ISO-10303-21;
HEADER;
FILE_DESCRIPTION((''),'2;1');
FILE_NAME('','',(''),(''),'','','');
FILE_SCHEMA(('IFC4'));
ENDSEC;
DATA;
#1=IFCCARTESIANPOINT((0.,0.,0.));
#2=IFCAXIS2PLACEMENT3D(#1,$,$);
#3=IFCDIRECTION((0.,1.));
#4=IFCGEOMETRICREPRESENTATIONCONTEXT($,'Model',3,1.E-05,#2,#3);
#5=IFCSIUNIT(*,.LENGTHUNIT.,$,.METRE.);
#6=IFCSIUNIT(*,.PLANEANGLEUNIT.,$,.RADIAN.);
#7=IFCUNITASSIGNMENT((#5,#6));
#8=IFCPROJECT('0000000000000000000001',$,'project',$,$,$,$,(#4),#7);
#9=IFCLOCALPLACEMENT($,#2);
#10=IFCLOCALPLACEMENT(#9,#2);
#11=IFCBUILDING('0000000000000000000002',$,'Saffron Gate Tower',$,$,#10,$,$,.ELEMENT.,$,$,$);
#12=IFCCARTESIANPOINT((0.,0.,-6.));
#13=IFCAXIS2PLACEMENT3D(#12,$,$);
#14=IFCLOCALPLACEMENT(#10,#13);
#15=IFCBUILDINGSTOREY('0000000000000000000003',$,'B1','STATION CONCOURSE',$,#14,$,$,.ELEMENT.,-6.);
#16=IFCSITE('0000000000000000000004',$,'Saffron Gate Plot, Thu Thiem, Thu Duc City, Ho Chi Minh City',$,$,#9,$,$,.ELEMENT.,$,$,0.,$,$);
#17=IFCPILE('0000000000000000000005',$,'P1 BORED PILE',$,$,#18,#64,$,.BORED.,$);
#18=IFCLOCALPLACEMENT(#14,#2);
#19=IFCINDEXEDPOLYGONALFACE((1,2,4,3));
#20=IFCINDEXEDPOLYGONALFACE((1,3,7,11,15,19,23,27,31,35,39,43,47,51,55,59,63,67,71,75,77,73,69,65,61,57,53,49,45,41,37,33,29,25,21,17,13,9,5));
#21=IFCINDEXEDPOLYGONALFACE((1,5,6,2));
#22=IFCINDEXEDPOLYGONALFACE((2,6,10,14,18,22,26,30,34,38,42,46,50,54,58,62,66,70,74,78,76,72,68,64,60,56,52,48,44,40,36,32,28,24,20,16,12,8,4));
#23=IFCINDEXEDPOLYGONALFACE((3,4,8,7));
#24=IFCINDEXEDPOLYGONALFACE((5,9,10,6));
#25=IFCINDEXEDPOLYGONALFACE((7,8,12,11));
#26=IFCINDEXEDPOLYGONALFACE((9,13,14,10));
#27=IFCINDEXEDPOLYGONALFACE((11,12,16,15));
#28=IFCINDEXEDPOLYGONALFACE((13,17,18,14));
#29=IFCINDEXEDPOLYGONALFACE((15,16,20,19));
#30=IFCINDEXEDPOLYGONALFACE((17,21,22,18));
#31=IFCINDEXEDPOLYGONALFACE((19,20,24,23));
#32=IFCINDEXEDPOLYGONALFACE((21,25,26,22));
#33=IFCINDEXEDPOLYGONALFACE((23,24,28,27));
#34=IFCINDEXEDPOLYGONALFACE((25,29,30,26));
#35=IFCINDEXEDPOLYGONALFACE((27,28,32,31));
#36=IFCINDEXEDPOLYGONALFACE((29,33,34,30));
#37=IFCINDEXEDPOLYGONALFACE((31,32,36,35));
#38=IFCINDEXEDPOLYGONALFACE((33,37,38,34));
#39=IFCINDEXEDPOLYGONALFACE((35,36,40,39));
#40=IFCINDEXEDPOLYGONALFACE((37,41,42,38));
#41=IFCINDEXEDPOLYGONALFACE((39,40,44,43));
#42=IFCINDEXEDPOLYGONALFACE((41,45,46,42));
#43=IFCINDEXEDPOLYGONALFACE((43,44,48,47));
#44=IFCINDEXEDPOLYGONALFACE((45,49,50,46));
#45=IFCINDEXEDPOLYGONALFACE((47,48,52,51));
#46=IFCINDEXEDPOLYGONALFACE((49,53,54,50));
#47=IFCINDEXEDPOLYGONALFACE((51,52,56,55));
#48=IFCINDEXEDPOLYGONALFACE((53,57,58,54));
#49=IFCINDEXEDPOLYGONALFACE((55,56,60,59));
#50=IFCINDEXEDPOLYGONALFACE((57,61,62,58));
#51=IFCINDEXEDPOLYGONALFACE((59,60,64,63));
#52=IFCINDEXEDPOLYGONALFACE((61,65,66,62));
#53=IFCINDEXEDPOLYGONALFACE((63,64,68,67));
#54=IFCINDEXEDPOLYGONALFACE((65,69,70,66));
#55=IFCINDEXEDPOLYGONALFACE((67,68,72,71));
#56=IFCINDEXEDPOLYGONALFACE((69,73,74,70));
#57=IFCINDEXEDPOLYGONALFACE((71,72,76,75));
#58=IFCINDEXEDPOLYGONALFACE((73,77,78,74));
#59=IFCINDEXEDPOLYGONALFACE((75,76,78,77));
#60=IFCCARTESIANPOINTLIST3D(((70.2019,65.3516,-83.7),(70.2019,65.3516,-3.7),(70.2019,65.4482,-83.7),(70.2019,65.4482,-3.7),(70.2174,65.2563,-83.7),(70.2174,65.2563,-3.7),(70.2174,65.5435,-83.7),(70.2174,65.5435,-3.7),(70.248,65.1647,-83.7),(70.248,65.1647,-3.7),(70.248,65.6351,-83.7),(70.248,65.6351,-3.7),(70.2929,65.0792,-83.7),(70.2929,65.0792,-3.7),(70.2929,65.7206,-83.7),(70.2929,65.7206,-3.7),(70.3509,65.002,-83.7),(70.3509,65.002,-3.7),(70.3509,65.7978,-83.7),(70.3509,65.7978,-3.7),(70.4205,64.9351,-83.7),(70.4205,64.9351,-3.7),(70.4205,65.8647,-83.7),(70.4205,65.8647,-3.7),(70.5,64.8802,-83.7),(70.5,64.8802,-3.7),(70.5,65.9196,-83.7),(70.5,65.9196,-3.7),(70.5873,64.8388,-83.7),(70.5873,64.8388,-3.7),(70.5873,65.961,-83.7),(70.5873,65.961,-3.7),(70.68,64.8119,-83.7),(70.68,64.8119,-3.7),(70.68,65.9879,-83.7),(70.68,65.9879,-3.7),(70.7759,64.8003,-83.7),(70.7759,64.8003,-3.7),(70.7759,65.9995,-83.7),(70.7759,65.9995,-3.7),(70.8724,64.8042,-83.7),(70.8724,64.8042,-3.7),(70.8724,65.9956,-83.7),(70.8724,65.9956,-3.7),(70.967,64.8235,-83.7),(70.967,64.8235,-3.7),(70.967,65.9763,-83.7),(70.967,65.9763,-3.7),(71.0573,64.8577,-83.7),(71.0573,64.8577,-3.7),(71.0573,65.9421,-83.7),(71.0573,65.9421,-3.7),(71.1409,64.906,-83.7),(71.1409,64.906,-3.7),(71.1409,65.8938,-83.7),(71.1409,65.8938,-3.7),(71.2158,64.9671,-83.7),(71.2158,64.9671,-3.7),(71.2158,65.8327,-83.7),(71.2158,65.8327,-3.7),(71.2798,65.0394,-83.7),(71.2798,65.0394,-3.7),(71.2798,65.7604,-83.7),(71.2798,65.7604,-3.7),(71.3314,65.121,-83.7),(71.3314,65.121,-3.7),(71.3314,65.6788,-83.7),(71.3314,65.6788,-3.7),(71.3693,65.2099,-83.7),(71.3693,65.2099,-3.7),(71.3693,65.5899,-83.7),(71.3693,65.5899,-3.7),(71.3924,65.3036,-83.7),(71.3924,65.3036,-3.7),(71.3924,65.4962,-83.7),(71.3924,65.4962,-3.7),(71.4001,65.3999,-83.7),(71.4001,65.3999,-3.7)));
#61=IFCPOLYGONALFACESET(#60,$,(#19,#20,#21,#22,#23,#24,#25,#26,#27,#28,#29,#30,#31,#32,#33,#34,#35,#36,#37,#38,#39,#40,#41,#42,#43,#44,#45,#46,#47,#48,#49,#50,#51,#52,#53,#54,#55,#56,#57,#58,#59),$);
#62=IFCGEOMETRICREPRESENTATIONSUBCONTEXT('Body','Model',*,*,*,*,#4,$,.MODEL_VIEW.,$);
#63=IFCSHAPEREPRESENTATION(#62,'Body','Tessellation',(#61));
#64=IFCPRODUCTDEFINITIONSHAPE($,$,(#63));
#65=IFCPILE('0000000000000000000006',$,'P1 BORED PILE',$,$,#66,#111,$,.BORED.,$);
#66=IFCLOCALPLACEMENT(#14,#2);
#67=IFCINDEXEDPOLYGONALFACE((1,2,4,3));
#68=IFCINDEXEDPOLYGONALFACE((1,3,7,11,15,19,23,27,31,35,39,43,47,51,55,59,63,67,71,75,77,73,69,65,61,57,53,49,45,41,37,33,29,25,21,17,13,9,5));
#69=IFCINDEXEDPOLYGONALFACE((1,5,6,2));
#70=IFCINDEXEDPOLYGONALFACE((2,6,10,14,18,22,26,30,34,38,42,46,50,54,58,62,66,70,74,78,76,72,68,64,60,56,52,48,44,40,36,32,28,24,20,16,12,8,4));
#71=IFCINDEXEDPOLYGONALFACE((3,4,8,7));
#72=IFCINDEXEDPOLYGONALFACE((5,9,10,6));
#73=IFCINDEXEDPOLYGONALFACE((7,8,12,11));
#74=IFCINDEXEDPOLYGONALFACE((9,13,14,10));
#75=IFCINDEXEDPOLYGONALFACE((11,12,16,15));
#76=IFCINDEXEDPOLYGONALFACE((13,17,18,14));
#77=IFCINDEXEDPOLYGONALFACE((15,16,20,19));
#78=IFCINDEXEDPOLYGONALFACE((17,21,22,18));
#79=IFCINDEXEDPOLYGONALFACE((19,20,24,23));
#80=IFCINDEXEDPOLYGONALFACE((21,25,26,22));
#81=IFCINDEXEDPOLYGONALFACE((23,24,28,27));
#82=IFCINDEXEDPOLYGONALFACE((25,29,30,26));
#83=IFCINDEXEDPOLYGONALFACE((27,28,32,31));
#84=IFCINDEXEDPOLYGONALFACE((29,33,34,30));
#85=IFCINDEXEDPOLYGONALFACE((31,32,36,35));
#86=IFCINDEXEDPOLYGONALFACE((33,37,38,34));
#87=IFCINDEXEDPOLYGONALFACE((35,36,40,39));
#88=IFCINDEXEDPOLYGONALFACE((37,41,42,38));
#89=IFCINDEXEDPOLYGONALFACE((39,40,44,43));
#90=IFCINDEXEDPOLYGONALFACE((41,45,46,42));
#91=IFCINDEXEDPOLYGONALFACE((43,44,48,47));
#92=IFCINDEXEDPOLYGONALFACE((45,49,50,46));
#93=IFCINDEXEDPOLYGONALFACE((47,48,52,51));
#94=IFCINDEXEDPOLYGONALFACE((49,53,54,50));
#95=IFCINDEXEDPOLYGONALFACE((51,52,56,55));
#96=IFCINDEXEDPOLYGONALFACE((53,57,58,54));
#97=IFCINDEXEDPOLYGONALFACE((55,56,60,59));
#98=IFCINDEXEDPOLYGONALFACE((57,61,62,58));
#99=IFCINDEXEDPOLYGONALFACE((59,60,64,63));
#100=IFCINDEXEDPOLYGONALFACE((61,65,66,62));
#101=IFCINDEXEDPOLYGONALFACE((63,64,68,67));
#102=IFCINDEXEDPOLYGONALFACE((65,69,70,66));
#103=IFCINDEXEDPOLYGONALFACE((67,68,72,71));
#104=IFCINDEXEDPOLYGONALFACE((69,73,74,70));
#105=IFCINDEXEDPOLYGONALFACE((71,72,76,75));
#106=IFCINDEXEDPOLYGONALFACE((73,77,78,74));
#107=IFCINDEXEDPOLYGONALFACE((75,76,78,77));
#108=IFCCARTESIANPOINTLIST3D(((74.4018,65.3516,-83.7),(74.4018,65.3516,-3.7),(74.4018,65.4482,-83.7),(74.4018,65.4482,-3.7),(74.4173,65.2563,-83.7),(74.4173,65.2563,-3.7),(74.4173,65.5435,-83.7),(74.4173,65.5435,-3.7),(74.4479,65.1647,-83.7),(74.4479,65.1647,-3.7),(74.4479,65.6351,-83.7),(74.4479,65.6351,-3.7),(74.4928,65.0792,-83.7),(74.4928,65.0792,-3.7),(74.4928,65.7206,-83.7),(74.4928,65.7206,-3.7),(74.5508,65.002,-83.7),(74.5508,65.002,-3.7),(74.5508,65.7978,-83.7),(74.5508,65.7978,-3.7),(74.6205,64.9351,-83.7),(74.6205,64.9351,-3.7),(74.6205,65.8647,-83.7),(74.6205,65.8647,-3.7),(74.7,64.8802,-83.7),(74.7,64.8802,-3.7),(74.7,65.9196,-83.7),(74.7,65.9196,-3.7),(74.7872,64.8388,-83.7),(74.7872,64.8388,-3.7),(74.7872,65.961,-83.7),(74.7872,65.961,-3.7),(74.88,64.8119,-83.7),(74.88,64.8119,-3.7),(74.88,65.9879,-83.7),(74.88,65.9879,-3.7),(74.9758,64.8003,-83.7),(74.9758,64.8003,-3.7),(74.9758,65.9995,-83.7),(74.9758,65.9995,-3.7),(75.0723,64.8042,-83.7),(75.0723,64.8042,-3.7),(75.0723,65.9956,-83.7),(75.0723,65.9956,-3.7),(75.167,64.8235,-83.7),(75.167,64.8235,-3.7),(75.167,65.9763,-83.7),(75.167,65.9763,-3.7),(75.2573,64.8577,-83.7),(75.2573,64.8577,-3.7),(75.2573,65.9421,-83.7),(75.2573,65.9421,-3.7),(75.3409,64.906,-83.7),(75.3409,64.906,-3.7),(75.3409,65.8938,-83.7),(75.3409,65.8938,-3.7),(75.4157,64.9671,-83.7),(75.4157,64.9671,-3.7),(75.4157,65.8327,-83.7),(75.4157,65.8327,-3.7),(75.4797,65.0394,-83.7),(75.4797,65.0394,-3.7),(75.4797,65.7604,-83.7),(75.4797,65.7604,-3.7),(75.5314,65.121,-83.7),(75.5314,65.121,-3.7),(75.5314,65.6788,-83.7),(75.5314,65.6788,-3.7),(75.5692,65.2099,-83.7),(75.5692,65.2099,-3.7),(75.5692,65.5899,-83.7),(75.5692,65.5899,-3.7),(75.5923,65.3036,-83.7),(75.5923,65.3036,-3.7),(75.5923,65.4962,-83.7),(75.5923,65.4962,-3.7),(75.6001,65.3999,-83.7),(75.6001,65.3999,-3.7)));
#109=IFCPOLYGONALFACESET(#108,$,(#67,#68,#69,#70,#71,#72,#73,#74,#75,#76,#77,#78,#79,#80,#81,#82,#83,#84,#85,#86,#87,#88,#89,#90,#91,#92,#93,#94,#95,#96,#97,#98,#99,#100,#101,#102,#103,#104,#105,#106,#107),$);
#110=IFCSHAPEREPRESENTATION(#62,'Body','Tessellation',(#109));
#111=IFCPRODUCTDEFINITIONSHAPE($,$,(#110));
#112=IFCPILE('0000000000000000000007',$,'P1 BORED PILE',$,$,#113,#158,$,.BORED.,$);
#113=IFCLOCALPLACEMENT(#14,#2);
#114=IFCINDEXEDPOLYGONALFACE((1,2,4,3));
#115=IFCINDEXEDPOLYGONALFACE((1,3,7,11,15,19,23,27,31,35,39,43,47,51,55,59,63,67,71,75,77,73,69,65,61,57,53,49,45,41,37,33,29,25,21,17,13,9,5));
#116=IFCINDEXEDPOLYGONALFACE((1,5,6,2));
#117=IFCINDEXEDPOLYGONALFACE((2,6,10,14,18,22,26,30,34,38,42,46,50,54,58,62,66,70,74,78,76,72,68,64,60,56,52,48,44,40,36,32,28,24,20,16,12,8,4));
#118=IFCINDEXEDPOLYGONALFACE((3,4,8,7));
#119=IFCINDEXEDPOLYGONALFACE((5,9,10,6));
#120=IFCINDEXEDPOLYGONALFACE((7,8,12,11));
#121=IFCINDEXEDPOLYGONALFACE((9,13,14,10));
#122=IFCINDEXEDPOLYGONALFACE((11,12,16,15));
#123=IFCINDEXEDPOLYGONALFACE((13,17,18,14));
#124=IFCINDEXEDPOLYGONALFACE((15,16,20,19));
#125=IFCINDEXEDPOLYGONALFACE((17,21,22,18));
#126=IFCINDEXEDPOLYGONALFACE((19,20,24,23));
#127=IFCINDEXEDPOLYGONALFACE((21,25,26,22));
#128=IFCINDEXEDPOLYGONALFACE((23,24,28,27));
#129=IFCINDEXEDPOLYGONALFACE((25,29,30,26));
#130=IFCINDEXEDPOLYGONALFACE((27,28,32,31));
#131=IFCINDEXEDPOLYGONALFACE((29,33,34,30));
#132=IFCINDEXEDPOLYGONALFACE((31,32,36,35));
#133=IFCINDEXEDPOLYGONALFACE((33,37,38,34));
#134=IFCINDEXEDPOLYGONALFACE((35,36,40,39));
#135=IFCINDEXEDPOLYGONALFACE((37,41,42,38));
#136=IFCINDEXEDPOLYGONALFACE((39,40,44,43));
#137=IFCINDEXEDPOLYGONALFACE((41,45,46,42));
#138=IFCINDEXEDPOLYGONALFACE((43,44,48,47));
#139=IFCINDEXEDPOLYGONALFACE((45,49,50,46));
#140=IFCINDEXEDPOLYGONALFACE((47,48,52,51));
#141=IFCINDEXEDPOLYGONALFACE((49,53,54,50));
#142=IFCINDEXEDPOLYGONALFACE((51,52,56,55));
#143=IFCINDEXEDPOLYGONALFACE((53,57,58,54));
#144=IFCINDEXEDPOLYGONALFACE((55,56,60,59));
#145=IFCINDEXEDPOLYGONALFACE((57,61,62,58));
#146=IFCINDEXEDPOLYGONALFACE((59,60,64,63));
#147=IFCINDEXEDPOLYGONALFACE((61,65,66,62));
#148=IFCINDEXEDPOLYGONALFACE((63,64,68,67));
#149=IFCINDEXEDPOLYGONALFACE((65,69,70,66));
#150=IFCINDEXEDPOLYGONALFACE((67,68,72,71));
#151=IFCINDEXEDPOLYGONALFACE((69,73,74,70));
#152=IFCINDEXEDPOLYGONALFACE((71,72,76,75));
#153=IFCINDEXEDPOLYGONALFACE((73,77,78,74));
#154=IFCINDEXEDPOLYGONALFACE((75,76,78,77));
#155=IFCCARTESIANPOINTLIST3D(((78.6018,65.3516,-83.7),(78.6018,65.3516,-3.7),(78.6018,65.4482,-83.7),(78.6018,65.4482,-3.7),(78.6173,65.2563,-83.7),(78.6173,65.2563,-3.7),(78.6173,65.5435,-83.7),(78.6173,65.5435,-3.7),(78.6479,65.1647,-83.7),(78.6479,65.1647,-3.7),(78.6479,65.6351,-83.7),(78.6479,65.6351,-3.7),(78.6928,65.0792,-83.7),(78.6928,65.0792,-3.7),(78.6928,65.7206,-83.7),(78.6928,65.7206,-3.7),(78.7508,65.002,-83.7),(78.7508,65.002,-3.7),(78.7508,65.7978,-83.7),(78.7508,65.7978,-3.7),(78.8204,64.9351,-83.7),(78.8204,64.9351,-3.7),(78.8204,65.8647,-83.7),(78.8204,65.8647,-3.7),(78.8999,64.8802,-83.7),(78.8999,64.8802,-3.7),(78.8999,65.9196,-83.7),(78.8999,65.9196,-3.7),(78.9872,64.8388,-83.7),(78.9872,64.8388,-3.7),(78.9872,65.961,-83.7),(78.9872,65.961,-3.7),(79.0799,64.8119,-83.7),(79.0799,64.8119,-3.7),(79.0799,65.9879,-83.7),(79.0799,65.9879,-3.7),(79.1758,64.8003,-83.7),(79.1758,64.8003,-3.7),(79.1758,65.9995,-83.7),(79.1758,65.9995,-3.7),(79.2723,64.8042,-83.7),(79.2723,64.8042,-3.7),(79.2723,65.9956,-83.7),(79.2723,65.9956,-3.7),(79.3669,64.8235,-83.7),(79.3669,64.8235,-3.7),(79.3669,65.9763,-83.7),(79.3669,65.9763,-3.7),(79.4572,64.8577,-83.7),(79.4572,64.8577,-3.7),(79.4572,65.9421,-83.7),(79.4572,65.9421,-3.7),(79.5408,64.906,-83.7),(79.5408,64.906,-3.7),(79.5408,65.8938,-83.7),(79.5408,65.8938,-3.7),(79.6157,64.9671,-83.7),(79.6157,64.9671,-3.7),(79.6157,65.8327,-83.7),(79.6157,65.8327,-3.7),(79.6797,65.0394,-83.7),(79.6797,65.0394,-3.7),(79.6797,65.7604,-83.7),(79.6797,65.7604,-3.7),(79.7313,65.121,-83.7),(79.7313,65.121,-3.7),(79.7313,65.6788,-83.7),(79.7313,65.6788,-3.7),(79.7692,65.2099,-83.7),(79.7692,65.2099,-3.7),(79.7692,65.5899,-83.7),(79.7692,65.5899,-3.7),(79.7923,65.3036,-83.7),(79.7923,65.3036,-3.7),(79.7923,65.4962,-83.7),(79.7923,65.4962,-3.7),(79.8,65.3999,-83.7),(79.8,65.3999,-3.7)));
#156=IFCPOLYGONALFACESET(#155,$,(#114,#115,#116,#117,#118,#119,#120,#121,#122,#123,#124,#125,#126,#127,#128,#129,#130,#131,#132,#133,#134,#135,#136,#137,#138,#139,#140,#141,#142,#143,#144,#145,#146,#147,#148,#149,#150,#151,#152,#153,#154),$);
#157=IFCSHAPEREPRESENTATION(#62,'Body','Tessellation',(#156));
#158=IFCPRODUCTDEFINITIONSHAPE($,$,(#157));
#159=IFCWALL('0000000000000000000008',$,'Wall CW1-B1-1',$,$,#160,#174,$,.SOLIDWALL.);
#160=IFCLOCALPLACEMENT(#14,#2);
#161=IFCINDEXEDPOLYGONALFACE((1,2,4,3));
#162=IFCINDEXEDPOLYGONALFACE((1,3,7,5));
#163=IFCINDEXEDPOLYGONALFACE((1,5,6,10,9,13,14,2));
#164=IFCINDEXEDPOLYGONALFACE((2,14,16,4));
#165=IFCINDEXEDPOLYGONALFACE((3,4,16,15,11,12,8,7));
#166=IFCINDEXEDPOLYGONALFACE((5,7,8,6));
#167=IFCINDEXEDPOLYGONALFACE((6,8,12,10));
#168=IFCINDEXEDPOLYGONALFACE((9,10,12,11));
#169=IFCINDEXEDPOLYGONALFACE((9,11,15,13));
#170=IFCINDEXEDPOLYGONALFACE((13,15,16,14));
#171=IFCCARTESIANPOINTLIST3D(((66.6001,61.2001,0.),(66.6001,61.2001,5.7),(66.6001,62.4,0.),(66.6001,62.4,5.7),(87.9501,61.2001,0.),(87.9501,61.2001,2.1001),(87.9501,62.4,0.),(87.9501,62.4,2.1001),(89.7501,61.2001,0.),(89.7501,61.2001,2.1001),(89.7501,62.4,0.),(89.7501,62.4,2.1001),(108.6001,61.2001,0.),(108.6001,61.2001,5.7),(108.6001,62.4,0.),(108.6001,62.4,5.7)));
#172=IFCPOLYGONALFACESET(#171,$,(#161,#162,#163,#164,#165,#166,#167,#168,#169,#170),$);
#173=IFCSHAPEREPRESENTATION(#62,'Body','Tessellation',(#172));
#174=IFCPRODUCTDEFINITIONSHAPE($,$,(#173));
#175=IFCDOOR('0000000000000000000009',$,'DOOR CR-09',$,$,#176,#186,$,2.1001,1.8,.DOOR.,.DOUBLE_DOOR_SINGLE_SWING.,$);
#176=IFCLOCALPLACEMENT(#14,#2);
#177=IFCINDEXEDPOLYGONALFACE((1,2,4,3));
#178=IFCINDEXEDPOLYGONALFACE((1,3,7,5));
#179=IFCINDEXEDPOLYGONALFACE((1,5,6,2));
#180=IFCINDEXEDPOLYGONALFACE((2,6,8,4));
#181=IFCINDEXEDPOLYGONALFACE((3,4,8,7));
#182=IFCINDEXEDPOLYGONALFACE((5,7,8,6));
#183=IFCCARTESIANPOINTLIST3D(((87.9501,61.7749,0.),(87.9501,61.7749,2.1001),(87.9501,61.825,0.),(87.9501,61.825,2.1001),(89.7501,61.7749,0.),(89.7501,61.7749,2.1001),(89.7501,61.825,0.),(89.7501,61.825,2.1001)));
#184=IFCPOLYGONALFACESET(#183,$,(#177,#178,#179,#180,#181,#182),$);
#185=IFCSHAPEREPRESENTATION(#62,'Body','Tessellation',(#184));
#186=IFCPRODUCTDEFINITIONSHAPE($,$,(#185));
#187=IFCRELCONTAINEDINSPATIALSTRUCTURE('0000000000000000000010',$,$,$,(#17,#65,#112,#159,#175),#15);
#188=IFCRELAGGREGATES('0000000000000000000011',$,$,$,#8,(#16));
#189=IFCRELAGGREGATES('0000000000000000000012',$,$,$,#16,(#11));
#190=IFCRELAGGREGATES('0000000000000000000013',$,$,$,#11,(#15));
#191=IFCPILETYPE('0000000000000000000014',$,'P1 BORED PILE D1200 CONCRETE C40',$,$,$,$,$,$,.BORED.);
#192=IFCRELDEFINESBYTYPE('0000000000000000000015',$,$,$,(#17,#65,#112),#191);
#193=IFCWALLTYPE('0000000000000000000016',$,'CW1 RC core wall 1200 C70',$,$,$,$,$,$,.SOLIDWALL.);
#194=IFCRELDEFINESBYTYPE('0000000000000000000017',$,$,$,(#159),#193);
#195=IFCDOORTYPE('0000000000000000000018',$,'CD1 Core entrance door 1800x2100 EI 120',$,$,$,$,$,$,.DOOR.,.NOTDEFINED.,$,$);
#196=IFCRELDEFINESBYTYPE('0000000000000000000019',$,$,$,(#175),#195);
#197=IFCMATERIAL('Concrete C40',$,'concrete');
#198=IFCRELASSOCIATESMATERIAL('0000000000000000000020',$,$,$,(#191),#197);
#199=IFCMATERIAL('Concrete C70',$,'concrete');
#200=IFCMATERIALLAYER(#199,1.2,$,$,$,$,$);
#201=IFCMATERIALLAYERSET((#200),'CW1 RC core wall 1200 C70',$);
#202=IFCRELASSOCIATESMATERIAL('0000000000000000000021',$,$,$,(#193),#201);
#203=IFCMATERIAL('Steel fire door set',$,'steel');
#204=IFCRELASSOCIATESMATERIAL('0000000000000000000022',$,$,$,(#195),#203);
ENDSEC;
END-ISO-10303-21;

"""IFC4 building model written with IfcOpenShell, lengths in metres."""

from ifc_helpers import new_model, si_unit, direction, frame, frame_2d, origin, origin_2d, place, context, subcontext, project, spatial, rectangle, circle, extrude, material, layer, layer_set, material_profile, profile_set, type_object, element, fill, save


model = new_model("IFC4")

# Units and contexts
model_context = context("Model", 3, precision=1e-05, world=origin(), true_north=direction((0.0, 1.0)))
body_context = subcontext(model_context, "Body", "Model", "MODEL_VIEW")
ifc_project = project(units=[si_unit("LENGTHUNIT", "METRE"), si_unit("PLANEANGLEUNIT", "RADIAN")], contexts=[model_context])

# Site, building, storey
site_placement = place(None, origin())
site = spatial("IfcSite", under=ifc_project, at=site_placement, Name="Saffron Gate Plot, Thu Thiem, Thu Duc City, Ho Chi Minh City", CompositionType="ELEMENT", RefElevation=0.0)
building_placement = place(site_placement, origin())
building = spatial("IfcBuilding", under=site, at=building_placement, Name="Saffron Gate Tower", CompositionType="ELEMENT")
storey_placement = place(building_placement, frame((0.0, 0.0, -6.0)))
storey = spatial("IfcBuildingStorey", under=building, at=storey_placement, Name="B1", Description="STATION CONCOURSE", CompositionType="ELEMENT", Elevation=-6.0)

# Piles
ifc_material_1 = material(Name="Concrete C40", Category="concrete")
ifc_material_profile = material_profile(ifc_material_1, circle(Radius=0.6001, at=origin_2d()))
ifc_profile_set = profile_set([ifc_material_profile], Name="Concrete C40")
pile_type = type_object("IfcPileType", Name="P1 BORED PILE D1200 CONCRETE C40", PredefinedType="BORED", material=ifc_profile_set)
for number, where, z_axis, x_axis, name in (
    (1, (70.8, 65.3999, -3.7), (0.0, 0.0, -1.0), (1.0, 0.0, 0.0), "P1 BORED PILE"),
    (2, (75.0, 65.3999, -3.7), (0.0, 0.0, -1.0), (1.0, 0.0, 0.0), "P1 BORED PILE"),
    (3, (79.2, 65.3999, -3.7), (0.0, 0.0, -1.0), (1.0, 0.0, 0.0), "P1 BORED PILE"),
):
    element("IfcPile", number, at=place(storey_placement, frame(where, z_axis=z_axis, x_axis=x_axis)), inside=storey, type_object=pile_type, Name=name, PredefinedType="BORED", context=body_context, shape_type="SweptSolid", body=[
        extrude(circle(Radius=0.6001, at=origin_2d()), origin(), (0.0, 0.0, 1.0), 80.0),
    ])

# Wall, opening, door
ifc_material_2 = material(Name="Concrete C70", Category="concrete")
ifc_layer_1 = layer(ifc_material_2, 1.2)
ifc_layer_set_1 = layer_set([ifc_layer_1], Name="CW1 RC core wall 1200 C70")
wall_type_1 = type_object("IfcWallType", Name="CW1 RC core wall 1200 C70", PredefinedType="SOLIDWALL", material=ifc_layer_set_1)
wall_1_placement = place(storey_placement, frame((66.6001, 61.8, 0.0), z_axis=(0.0, 0.0, 1.0), x_axis=(1.0, 0.0, 0.0)))
wall_1 = element("IfcWall", 4, at=wall_1_placement, inside=storey, type_object=wall_type_1, Name="Wall CW1-B1-1", PredefinedType="SOLIDWALL", context=body_context, shape_type="SweptSolid", body=[
    extrude(rectangle(XDim=42.0, YDim=1.2, at=frame_2d((21.0, 0.0))), origin(), (0.0, 0.0, 1.0), 5.7),
])
opening_1_placement = place(wall_1_placement, frame((21.3501, 0.0, 0.0)))
opening_1 = element("IfcOpeningElement", 5, at=opening_1_placement, cuts=wall_1, PredefinedType="OPENING", context=body_context, shape_type="SweptSolid", body=[
    extrude(rectangle(XDim=1.8, YDim=2.1001, at=frame_2d((0.8999, 1.05))), frame((0.0, 0.6099, 0.0), z_axis=(0.0, -1.0, 0.0), x_axis=(1.0, 0.0, 0.0)), (0.0, 0.0, 1.0), 1.22),
])
ifc_material_3 = material(Name="Steel fire door set", Category="steel")
door_type_1 = type_object("IfcDoorType", Name="CD1 Core entrance door 1800x2100 EI 120", OperationType="NOTDEFINED", PredefinedType="DOOR", material=ifc_material_3)
door_1_placement = place(opening_1_placement, origin())
door_1 = element("IfcDoor", 6, at=door_1_placement, inside=storey, type_object=door_type_1, Name="DOOR CR-09", OperationType="DOUBLE_DOOR_SINGLE_SWING", OverallHeight=2.1001, OverallWidth=1.8, PredefinedType="DOOR", context=body_context, shape_type="SweptSolid", body=[
    extrude(rectangle(XDim=1.8, YDim=2.1001, at=frame_2d((0.8999, 1.05))), frame((0.0, 0.0249, 0.0), z_axis=(0.0, -1.0, 0.0), x_axis=(1.0, 0.0, 0.0)), (0.0, 0.0, 1.0), 0.05),
])
fill(opening_1, door_1)

save(model, "model.ifc")
